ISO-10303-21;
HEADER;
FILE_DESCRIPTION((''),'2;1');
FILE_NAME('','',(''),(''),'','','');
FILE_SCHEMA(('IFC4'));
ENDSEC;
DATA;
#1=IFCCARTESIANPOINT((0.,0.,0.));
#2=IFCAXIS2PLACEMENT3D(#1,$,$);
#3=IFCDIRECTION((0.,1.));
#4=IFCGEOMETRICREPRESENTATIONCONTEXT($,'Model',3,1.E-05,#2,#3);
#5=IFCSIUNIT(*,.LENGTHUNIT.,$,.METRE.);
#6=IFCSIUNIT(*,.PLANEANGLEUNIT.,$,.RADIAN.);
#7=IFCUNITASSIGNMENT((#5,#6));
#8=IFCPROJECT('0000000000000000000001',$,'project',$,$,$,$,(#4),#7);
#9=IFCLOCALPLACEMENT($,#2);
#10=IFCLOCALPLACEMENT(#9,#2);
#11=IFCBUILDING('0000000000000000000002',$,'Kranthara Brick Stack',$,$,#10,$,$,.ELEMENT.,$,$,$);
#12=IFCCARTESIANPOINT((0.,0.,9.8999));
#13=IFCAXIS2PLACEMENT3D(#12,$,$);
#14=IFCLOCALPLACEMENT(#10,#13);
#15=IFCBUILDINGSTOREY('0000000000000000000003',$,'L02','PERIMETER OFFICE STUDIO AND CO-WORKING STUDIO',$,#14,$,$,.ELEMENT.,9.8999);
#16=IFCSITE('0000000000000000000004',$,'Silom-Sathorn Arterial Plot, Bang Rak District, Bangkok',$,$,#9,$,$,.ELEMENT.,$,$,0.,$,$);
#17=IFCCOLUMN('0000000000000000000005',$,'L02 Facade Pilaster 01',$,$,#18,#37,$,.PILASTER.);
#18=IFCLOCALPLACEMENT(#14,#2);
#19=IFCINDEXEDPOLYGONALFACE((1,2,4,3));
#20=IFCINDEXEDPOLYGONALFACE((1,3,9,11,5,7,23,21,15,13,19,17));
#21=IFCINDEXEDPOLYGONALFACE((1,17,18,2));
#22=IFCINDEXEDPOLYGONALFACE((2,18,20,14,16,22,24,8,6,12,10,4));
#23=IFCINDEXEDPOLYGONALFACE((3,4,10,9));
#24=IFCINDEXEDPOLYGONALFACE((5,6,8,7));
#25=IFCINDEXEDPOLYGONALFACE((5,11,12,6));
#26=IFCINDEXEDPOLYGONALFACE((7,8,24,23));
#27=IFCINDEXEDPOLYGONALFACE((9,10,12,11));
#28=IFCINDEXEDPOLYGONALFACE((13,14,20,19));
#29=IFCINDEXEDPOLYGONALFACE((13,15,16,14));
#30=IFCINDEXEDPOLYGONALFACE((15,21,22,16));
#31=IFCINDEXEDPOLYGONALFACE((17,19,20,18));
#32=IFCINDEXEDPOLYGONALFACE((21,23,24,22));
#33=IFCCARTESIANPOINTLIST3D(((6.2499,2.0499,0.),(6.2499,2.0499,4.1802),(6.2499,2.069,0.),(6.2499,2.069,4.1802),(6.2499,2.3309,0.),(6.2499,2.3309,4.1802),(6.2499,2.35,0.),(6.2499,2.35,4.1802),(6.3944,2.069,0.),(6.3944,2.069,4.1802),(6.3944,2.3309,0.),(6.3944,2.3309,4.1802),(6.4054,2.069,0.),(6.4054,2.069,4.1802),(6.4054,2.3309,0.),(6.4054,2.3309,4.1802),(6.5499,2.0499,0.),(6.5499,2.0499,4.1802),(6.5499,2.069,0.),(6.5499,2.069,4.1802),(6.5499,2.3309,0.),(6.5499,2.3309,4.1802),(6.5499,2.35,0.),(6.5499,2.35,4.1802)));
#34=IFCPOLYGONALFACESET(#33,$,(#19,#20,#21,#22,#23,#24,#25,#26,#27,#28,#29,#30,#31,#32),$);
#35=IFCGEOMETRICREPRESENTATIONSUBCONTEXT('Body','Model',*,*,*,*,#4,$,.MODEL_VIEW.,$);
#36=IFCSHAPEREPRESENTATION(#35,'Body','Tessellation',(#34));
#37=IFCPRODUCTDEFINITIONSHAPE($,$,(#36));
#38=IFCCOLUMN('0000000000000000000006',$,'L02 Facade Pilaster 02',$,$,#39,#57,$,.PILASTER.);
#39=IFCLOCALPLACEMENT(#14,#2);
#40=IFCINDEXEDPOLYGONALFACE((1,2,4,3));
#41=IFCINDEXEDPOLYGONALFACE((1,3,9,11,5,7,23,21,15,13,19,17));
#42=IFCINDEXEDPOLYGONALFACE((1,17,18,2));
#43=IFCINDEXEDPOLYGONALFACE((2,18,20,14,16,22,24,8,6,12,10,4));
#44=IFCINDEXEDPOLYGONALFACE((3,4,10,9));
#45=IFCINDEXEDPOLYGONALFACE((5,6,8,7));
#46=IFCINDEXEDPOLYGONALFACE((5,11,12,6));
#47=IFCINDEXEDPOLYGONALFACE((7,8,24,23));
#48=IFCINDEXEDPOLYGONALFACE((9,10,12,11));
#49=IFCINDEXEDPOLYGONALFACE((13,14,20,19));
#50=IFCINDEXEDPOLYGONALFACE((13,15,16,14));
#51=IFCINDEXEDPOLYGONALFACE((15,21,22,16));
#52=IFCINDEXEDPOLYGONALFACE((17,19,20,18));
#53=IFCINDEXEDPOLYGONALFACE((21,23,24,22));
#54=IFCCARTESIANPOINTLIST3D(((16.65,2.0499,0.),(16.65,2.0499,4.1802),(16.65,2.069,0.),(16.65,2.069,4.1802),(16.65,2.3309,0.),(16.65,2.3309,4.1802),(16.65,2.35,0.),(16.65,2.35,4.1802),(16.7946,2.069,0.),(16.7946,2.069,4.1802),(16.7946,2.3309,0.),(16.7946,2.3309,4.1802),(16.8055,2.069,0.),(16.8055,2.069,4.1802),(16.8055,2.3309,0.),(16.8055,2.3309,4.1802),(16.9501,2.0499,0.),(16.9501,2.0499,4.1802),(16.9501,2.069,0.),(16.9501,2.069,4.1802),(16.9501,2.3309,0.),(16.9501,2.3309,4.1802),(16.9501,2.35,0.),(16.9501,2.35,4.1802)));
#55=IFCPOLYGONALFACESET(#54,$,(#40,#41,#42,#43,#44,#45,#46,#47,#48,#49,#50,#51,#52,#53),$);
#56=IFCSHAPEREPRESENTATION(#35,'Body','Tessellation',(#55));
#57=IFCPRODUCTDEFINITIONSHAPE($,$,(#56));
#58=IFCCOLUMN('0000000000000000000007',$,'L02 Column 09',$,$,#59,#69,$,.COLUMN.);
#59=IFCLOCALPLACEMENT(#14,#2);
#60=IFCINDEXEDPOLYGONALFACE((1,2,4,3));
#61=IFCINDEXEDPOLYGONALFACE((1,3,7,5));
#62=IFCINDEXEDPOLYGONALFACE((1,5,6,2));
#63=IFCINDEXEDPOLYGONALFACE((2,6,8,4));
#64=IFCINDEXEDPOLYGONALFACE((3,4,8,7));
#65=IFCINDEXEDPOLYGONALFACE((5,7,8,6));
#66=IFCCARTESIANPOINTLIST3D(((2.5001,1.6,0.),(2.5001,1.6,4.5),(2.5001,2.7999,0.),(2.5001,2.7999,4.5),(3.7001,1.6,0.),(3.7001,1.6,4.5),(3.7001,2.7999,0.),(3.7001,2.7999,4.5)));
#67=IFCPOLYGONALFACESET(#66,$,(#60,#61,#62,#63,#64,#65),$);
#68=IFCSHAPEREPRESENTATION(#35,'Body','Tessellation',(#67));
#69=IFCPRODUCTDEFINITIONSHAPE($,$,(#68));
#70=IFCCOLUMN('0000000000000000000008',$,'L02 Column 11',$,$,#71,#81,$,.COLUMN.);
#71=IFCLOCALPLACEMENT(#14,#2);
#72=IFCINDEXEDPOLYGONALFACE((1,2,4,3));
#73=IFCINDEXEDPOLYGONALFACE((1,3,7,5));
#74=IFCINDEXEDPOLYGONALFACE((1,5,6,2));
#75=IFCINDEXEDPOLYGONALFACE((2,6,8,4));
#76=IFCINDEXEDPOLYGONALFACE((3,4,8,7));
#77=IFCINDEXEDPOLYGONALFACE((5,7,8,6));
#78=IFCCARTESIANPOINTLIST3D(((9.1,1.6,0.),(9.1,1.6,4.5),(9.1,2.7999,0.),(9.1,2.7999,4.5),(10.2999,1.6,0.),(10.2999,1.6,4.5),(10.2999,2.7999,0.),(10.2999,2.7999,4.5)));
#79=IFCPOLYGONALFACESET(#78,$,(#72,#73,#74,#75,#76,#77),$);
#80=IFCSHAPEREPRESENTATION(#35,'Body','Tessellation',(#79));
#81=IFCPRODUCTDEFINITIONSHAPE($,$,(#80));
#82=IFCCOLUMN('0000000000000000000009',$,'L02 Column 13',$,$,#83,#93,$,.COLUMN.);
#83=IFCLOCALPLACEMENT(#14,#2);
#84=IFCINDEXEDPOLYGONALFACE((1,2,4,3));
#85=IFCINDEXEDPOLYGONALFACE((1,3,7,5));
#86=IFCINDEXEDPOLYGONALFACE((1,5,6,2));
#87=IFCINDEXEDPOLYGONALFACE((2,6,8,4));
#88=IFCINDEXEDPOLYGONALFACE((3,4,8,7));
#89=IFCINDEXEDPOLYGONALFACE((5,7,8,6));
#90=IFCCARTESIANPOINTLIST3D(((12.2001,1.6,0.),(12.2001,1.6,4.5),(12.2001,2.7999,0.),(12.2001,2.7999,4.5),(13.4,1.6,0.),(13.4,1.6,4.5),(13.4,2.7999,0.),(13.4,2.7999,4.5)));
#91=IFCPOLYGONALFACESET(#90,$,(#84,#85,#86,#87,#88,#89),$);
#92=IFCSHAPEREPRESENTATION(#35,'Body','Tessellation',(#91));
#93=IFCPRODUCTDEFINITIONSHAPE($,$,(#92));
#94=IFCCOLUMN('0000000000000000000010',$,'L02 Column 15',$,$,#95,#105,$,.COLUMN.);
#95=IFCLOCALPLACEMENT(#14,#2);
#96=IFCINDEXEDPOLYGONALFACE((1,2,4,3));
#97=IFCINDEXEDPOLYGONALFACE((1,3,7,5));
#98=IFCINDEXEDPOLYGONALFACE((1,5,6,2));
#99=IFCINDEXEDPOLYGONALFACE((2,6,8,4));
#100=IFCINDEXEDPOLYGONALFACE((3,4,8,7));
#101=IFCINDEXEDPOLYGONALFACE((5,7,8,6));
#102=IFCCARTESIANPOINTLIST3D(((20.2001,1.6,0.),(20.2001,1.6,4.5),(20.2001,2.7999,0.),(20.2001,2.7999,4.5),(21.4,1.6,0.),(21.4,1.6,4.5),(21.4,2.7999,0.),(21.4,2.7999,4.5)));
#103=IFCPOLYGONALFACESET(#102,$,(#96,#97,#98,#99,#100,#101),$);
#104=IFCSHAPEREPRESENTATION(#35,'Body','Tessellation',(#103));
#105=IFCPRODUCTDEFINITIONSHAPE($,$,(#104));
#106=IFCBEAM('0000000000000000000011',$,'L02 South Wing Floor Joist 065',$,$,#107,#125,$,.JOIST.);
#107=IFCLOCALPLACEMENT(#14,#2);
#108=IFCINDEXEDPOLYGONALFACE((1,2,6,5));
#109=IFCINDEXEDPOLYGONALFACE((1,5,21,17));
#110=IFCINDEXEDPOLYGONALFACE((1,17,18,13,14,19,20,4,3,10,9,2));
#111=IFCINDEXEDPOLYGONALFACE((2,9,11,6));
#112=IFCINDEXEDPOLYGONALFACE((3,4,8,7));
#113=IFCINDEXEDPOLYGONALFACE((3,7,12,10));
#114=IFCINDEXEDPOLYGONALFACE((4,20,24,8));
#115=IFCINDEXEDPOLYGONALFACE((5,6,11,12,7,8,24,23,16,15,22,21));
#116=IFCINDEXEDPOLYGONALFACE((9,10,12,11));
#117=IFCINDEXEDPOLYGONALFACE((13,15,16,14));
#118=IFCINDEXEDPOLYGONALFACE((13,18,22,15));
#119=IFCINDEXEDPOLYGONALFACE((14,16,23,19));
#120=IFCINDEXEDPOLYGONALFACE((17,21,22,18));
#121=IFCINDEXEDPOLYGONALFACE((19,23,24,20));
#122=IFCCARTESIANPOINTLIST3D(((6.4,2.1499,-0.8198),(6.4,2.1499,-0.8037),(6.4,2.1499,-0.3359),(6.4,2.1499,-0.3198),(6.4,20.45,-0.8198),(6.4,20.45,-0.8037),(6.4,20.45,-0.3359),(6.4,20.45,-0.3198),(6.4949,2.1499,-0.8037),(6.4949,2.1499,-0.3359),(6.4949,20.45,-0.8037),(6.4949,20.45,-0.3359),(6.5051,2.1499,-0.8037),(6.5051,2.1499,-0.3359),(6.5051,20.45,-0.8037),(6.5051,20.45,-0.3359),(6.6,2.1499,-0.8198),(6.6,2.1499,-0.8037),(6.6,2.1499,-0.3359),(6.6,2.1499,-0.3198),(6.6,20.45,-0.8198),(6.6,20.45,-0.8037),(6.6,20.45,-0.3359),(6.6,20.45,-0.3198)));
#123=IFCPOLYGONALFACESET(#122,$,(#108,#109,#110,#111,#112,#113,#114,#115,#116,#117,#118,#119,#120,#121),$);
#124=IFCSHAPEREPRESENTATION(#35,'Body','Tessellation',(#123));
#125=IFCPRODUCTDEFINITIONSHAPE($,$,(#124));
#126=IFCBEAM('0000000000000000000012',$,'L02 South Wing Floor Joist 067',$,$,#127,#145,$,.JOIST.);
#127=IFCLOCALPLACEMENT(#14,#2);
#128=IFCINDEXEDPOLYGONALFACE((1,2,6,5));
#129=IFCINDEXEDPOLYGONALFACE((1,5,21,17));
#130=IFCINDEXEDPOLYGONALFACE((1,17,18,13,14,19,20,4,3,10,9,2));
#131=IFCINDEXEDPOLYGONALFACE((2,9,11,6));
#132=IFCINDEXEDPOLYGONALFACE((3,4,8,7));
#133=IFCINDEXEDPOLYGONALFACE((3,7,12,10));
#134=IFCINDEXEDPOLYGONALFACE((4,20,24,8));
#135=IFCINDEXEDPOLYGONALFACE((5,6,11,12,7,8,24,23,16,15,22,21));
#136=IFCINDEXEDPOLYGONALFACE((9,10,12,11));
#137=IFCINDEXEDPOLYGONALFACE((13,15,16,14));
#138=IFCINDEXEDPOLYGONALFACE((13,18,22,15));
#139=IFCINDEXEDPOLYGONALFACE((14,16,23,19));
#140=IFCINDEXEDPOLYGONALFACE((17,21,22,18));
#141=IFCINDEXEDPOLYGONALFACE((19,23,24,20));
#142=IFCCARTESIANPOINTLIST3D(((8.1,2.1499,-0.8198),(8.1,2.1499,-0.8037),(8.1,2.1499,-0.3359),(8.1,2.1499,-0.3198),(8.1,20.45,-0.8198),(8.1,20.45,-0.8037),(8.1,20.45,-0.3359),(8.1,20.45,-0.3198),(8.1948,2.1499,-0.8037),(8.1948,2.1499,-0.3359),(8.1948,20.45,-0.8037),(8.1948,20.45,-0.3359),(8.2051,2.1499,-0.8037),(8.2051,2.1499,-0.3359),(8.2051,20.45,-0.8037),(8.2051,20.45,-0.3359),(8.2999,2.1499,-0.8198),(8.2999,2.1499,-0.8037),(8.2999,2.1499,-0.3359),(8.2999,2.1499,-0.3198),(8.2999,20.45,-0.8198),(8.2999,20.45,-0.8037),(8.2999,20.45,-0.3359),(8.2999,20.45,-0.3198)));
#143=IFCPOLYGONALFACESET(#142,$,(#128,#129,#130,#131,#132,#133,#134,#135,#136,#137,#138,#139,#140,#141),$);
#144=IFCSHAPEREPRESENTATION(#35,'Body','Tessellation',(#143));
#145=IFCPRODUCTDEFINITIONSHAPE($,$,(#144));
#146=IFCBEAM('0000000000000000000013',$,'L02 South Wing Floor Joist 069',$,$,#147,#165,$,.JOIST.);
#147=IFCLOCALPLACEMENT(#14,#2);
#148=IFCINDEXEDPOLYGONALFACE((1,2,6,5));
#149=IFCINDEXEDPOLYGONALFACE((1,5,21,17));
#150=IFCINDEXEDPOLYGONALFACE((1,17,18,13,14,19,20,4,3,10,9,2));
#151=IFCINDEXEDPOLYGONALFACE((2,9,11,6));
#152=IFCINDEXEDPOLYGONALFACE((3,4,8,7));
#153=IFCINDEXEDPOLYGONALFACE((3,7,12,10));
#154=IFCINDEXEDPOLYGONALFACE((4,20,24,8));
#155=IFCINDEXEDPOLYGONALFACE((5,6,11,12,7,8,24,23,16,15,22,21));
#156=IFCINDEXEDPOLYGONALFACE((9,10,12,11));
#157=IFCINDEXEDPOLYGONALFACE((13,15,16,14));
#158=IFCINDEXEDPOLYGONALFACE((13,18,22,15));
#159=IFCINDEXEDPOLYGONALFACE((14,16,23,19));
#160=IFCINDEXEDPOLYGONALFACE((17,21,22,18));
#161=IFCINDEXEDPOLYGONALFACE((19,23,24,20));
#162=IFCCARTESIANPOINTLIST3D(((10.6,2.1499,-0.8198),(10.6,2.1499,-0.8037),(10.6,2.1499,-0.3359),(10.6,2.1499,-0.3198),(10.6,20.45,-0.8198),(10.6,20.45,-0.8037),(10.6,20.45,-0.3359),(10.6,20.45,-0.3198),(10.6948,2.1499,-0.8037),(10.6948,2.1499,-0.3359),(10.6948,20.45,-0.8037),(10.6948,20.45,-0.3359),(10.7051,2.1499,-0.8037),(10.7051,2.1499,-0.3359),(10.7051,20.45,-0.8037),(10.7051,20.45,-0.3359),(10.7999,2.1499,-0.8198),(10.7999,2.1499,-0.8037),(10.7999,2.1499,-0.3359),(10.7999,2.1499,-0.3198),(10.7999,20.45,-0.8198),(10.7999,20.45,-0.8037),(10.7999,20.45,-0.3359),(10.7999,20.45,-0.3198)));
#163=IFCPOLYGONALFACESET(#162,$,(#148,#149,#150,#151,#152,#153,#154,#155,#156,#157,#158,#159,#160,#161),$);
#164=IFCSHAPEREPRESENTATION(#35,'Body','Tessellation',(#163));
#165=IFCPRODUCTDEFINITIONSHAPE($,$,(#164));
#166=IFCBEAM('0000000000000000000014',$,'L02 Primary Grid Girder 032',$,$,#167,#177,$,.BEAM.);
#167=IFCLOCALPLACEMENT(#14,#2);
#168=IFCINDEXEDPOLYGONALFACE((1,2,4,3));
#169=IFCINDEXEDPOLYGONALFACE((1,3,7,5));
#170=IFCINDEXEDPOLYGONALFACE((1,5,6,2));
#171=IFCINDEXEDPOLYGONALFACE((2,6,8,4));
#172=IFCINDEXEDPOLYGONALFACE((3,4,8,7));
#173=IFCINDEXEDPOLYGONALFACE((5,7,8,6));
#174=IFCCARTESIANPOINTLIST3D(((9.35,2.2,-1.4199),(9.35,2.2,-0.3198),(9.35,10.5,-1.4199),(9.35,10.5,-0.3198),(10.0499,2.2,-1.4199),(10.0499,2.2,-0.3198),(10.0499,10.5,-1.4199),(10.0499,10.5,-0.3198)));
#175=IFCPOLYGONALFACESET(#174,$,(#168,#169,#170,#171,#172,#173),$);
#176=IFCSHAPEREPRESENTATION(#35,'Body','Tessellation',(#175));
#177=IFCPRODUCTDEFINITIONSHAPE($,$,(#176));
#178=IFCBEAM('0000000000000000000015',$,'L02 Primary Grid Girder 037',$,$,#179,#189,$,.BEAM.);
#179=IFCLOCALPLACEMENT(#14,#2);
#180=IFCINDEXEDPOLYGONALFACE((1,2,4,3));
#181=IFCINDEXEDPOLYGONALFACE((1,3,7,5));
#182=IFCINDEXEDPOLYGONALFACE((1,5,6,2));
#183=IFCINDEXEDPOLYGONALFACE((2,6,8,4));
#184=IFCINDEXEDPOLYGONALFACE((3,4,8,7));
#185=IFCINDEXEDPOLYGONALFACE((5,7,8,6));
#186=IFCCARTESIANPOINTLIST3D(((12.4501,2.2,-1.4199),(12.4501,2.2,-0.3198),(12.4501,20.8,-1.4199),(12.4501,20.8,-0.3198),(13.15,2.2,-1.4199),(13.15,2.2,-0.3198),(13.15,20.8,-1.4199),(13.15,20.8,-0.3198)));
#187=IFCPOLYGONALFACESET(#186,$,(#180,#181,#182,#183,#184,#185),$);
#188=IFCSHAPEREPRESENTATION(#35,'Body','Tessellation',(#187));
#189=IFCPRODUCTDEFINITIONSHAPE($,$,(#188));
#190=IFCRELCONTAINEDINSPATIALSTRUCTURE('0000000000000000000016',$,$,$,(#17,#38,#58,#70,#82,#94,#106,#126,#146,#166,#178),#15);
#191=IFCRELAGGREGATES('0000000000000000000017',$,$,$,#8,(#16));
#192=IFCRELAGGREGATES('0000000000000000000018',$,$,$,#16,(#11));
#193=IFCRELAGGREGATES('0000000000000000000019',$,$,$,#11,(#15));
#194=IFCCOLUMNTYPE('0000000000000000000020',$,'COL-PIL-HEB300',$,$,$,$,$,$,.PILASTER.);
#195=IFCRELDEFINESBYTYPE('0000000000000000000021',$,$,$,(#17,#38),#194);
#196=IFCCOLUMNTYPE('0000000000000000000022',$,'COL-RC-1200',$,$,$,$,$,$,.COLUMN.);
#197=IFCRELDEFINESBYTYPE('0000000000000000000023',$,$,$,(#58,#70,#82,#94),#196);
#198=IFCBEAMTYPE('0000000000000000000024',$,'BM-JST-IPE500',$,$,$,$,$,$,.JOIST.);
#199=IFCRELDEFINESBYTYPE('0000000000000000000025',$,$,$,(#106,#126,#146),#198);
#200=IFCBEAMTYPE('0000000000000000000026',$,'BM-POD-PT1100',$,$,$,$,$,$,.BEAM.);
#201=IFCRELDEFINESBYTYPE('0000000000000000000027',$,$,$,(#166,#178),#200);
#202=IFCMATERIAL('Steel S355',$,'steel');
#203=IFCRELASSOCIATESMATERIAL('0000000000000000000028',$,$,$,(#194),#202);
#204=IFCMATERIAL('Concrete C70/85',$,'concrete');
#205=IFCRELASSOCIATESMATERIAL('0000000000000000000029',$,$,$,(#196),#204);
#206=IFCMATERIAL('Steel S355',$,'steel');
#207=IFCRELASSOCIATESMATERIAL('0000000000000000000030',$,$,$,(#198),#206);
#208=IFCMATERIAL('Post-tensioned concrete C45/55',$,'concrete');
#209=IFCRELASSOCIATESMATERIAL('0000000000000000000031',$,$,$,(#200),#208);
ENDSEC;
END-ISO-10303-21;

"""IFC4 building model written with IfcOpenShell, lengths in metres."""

from ifc_helpers import new_model, si_unit, direction, frame, origin, origin_2d, place, context, subcontext, project, spatial, rectangle, i_section, extrude, material, material_profile, profile_set, type_object, element, save


model = new_model("IFC4")

# Units and contexts
model_context = context("Model", 3, precision=1e-05, world=origin(), true_north=direction((0.0, 1.0)))
body_context = subcontext(model_context, "Body", "Model", "MODEL_VIEW")
ifc_project = project(units=[si_unit("LENGTHUNIT", "METRE"), si_unit("PLANEANGLEUNIT", "RADIAN")], contexts=[model_context])

# Site, building, storey
site_placement = place(None, origin())
site = spatial("IfcSite", under=ifc_project, at=site_placement, Name="Silom-Sathorn Arterial Plot, Bang Rak District, Bangkok", CompositionType="ELEMENT", RefElevation=0.0)
building_placement = place(site_placement, origin())
building = spatial("IfcBuilding", under=site, at=building_placement, Name="Kranthara Brick Stack", CompositionType="ELEMENT")
storey_placement = place(building_placement, frame((0.0, 0.0, 9.8999)))
storey = spatial("IfcBuildingStorey", under=building, at=storey_placement, Name="L02", Description="PERIMETER OFFICE STUDIO AND CO-WORKING STUDIO", CompositionType="ELEMENT", Elevation=9.8999)

# Columns
ifc_material_1 = material(Name="Steel S355", Category="steel")
ifc_material_profile_1 = material_profile(ifc_material_1, i_section(OverallWidth=0.3, OverallDepth=0.3, WebThickness=0.011, FlangeThickness=0.019, at=origin_2d()), Name="HEB 300")
ifc_profile_set_1 = profile_set([ifc_material_profile_1], Name="Steel S355")
column_type_1 = type_object("IfcColumnType", Name="COL-PIL-HEB300", PredefinedType="PILASTER", material=ifc_profile_set_1)
for number, where, z_axis, x_axis, name in (
    (1, (6.3999, 2.2, 0.0), (0.0, 0.0, 1.0), (1.0, 0.0, 0.0), "L02 Facade Pilaster 01"),
    (2, (16.8, 2.2, 0.0), (0.0, 0.0, 1.0), (1.0, 0.0, 0.0), "L02 Facade Pilaster 02"),
):
    element("IfcColumn", number, at=place(storey_placement, frame(where, z_axis=z_axis, x_axis=x_axis)), inside=storey, type_object=column_type_1, Name=name, PredefinedType="PILASTER", context=body_context, shape_type="SweptSolid", body=[
        extrude(i_section(OverallWidth=0.3, OverallDepth=0.3, WebThickness=0.011, FlangeThickness=0.019, at=origin_2d()), origin(), (0.0, 0.0, 1.0), 4.1802),
    ])
ifc_material_2 = material(Name="Concrete C70/85", Category="concrete")
ifc_material_profile_2 = material_profile(ifc_material_2, rectangle(XDim=1.2, YDim=1.2, at=origin_2d()), Name="RC 1200x1200")
ifc_profile_set_2 = profile_set([ifc_material_profile_2], Name="Concrete C70/85")
column_type_2 = type_object("IfcColumnType", Name="COL-RC-1200", PredefinedType="COLUMN", material=ifc_profile_set_2)
for number, where, z_axis, x_axis, name in (
    (3, (3.1001, 2.2, 0.0), (0.0, 0.0, 1.0), (1.0, 0.0, 0.0), "L02 Column 09"),
    (4, (9.7, 2.2, 0.0), (0.0, 0.0, 1.0), (1.0, 0.0, 0.0), "L02 Column 11"),
    (5, (12.8, 2.2, 0.0), (0.0, 0.0, 1.0), (1.0, 0.0, 0.0), "L02 Column 13"),
    (6, (20.8, 2.2, 0.0), (0.0, 0.0, 1.0), (1.0, 0.0, 0.0), "L02 Column 15"),
):
    element("IfcColumn", number, at=place(storey_placement, frame(where, z_axis=z_axis, x_axis=x_axis)), inside=storey, type_object=column_type_2, Name=name, PredefinedType="COLUMN", context=body_context, shape_type="SweptSolid", body=[
        extrude(rectangle(XDim=1.2, YDim=1.2, at=origin_2d()), origin(), (0.0, 0.0, 1.0), 4.5),
    ])

# Beams
ifc_material_3 = material(Name="Steel S355", Category="steel")
ifc_material_profile_3 = material_profile(ifc_material_3, i_section(OverallWidth=0.2, OverallDepth=0.5, WebThickness=0.0103, FlangeThickness=0.0161, at=origin_2d()), Name="IPE 500")
ifc_profile_set_3 = profile_set([ifc_material_profile_3], Name="Steel S355")
beam_type_1 = type_object("IfcBeamType", Name="BM-JST-IPE500", PredefinedType="JOIST", material=ifc_profile_set_3)
for number, where, z_axis, x_axis, name in (
    (7, (6.5, 2.1499, -0.5698), (0.0, 1.0, 0.0), (-1.0, 0.0, 0.0), "L02 South Wing Floor Joist 065"),
    (8, (8.2, 2.1499, -0.5698), (0.0, 1.0, 0.0), (-1.0, 0.0, 0.0), "L02 South Wing Floor Joist 067"),
    (9, (10.7, 2.1499, -0.5698), (0.0, 1.0, 0.0), (-1.0, 0.0, 0.0), "L02 South Wing Floor Joist 069"),
):
    element("IfcBeam", number, at=place(storey_placement, frame(where, z_axis=z_axis, x_axis=x_axis)), inside=storey, type_object=beam_type_1, Name=name, PredefinedType="JOIST", context=body_context, shape_type="SweptSolid", body=[
        extrude(i_section(OverallWidth=0.2, OverallDepth=0.5, WebThickness=0.0103, FlangeThickness=0.0161, at=origin_2d()), origin(), (0.0, 0.0, 1.0), 18.3),
    ])
ifc_material_4 = material(Name="Post-tensioned concrete C45/55", Category="concrete")
ifc_material_profile_4 = material_profile(ifc_material_4, rectangle(XDim=0.7, YDim=1.1001, at=origin_2d()), Name="PT 700x1100")
ifc_profile_set_4 = profile_set([ifc_material_profile_4], Name="Post-tensioned concrete C45/55")
beam_type_2 = type_object("IfcBeamType", Name="BM-POD-PT1100", PredefinedType="BEAM", material=ifc_profile_set_4)
beam_1_placement = place(storey_placement, frame((9.7, 2.2, -0.8699), z_axis=(0.0, 1.0, 0.0), x_axis=(-1.0, 0.0, 0.0)))
element("IfcBeam", 10, at=beam_1_placement, inside=storey, type_object=beam_type_2, Name="L02 Primary Grid Girder 032", PredefinedType="BEAM", context=body_context, shape_type="SweptSolid", body=[
    extrude(rectangle(XDim=0.7, YDim=1.1001, at=origin_2d()), origin(), (0.0, 0.0, 1.0), 8.3),
])
beam_2_placement = place(storey_placement, frame((12.8, 2.2, -0.8699), z_axis=(0.0, 1.0, 0.0), x_axis=(-1.0, 0.0, 0.0)))
element("IfcBeam", 11, at=beam_2_placement, inside=storey, type_object=beam_type_2, Name="L02 Primary Grid Girder 037", PredefinedType="BEAM", context=body_context, shape_type="SweptSolid", body=[
    extrude(rectangle(XDim=0.7, YDim=1.1001, at=origin_2d()), origin(), (0.0, 0.0, 1.0), 18.6001),
])

save(model, "model.ifc")
